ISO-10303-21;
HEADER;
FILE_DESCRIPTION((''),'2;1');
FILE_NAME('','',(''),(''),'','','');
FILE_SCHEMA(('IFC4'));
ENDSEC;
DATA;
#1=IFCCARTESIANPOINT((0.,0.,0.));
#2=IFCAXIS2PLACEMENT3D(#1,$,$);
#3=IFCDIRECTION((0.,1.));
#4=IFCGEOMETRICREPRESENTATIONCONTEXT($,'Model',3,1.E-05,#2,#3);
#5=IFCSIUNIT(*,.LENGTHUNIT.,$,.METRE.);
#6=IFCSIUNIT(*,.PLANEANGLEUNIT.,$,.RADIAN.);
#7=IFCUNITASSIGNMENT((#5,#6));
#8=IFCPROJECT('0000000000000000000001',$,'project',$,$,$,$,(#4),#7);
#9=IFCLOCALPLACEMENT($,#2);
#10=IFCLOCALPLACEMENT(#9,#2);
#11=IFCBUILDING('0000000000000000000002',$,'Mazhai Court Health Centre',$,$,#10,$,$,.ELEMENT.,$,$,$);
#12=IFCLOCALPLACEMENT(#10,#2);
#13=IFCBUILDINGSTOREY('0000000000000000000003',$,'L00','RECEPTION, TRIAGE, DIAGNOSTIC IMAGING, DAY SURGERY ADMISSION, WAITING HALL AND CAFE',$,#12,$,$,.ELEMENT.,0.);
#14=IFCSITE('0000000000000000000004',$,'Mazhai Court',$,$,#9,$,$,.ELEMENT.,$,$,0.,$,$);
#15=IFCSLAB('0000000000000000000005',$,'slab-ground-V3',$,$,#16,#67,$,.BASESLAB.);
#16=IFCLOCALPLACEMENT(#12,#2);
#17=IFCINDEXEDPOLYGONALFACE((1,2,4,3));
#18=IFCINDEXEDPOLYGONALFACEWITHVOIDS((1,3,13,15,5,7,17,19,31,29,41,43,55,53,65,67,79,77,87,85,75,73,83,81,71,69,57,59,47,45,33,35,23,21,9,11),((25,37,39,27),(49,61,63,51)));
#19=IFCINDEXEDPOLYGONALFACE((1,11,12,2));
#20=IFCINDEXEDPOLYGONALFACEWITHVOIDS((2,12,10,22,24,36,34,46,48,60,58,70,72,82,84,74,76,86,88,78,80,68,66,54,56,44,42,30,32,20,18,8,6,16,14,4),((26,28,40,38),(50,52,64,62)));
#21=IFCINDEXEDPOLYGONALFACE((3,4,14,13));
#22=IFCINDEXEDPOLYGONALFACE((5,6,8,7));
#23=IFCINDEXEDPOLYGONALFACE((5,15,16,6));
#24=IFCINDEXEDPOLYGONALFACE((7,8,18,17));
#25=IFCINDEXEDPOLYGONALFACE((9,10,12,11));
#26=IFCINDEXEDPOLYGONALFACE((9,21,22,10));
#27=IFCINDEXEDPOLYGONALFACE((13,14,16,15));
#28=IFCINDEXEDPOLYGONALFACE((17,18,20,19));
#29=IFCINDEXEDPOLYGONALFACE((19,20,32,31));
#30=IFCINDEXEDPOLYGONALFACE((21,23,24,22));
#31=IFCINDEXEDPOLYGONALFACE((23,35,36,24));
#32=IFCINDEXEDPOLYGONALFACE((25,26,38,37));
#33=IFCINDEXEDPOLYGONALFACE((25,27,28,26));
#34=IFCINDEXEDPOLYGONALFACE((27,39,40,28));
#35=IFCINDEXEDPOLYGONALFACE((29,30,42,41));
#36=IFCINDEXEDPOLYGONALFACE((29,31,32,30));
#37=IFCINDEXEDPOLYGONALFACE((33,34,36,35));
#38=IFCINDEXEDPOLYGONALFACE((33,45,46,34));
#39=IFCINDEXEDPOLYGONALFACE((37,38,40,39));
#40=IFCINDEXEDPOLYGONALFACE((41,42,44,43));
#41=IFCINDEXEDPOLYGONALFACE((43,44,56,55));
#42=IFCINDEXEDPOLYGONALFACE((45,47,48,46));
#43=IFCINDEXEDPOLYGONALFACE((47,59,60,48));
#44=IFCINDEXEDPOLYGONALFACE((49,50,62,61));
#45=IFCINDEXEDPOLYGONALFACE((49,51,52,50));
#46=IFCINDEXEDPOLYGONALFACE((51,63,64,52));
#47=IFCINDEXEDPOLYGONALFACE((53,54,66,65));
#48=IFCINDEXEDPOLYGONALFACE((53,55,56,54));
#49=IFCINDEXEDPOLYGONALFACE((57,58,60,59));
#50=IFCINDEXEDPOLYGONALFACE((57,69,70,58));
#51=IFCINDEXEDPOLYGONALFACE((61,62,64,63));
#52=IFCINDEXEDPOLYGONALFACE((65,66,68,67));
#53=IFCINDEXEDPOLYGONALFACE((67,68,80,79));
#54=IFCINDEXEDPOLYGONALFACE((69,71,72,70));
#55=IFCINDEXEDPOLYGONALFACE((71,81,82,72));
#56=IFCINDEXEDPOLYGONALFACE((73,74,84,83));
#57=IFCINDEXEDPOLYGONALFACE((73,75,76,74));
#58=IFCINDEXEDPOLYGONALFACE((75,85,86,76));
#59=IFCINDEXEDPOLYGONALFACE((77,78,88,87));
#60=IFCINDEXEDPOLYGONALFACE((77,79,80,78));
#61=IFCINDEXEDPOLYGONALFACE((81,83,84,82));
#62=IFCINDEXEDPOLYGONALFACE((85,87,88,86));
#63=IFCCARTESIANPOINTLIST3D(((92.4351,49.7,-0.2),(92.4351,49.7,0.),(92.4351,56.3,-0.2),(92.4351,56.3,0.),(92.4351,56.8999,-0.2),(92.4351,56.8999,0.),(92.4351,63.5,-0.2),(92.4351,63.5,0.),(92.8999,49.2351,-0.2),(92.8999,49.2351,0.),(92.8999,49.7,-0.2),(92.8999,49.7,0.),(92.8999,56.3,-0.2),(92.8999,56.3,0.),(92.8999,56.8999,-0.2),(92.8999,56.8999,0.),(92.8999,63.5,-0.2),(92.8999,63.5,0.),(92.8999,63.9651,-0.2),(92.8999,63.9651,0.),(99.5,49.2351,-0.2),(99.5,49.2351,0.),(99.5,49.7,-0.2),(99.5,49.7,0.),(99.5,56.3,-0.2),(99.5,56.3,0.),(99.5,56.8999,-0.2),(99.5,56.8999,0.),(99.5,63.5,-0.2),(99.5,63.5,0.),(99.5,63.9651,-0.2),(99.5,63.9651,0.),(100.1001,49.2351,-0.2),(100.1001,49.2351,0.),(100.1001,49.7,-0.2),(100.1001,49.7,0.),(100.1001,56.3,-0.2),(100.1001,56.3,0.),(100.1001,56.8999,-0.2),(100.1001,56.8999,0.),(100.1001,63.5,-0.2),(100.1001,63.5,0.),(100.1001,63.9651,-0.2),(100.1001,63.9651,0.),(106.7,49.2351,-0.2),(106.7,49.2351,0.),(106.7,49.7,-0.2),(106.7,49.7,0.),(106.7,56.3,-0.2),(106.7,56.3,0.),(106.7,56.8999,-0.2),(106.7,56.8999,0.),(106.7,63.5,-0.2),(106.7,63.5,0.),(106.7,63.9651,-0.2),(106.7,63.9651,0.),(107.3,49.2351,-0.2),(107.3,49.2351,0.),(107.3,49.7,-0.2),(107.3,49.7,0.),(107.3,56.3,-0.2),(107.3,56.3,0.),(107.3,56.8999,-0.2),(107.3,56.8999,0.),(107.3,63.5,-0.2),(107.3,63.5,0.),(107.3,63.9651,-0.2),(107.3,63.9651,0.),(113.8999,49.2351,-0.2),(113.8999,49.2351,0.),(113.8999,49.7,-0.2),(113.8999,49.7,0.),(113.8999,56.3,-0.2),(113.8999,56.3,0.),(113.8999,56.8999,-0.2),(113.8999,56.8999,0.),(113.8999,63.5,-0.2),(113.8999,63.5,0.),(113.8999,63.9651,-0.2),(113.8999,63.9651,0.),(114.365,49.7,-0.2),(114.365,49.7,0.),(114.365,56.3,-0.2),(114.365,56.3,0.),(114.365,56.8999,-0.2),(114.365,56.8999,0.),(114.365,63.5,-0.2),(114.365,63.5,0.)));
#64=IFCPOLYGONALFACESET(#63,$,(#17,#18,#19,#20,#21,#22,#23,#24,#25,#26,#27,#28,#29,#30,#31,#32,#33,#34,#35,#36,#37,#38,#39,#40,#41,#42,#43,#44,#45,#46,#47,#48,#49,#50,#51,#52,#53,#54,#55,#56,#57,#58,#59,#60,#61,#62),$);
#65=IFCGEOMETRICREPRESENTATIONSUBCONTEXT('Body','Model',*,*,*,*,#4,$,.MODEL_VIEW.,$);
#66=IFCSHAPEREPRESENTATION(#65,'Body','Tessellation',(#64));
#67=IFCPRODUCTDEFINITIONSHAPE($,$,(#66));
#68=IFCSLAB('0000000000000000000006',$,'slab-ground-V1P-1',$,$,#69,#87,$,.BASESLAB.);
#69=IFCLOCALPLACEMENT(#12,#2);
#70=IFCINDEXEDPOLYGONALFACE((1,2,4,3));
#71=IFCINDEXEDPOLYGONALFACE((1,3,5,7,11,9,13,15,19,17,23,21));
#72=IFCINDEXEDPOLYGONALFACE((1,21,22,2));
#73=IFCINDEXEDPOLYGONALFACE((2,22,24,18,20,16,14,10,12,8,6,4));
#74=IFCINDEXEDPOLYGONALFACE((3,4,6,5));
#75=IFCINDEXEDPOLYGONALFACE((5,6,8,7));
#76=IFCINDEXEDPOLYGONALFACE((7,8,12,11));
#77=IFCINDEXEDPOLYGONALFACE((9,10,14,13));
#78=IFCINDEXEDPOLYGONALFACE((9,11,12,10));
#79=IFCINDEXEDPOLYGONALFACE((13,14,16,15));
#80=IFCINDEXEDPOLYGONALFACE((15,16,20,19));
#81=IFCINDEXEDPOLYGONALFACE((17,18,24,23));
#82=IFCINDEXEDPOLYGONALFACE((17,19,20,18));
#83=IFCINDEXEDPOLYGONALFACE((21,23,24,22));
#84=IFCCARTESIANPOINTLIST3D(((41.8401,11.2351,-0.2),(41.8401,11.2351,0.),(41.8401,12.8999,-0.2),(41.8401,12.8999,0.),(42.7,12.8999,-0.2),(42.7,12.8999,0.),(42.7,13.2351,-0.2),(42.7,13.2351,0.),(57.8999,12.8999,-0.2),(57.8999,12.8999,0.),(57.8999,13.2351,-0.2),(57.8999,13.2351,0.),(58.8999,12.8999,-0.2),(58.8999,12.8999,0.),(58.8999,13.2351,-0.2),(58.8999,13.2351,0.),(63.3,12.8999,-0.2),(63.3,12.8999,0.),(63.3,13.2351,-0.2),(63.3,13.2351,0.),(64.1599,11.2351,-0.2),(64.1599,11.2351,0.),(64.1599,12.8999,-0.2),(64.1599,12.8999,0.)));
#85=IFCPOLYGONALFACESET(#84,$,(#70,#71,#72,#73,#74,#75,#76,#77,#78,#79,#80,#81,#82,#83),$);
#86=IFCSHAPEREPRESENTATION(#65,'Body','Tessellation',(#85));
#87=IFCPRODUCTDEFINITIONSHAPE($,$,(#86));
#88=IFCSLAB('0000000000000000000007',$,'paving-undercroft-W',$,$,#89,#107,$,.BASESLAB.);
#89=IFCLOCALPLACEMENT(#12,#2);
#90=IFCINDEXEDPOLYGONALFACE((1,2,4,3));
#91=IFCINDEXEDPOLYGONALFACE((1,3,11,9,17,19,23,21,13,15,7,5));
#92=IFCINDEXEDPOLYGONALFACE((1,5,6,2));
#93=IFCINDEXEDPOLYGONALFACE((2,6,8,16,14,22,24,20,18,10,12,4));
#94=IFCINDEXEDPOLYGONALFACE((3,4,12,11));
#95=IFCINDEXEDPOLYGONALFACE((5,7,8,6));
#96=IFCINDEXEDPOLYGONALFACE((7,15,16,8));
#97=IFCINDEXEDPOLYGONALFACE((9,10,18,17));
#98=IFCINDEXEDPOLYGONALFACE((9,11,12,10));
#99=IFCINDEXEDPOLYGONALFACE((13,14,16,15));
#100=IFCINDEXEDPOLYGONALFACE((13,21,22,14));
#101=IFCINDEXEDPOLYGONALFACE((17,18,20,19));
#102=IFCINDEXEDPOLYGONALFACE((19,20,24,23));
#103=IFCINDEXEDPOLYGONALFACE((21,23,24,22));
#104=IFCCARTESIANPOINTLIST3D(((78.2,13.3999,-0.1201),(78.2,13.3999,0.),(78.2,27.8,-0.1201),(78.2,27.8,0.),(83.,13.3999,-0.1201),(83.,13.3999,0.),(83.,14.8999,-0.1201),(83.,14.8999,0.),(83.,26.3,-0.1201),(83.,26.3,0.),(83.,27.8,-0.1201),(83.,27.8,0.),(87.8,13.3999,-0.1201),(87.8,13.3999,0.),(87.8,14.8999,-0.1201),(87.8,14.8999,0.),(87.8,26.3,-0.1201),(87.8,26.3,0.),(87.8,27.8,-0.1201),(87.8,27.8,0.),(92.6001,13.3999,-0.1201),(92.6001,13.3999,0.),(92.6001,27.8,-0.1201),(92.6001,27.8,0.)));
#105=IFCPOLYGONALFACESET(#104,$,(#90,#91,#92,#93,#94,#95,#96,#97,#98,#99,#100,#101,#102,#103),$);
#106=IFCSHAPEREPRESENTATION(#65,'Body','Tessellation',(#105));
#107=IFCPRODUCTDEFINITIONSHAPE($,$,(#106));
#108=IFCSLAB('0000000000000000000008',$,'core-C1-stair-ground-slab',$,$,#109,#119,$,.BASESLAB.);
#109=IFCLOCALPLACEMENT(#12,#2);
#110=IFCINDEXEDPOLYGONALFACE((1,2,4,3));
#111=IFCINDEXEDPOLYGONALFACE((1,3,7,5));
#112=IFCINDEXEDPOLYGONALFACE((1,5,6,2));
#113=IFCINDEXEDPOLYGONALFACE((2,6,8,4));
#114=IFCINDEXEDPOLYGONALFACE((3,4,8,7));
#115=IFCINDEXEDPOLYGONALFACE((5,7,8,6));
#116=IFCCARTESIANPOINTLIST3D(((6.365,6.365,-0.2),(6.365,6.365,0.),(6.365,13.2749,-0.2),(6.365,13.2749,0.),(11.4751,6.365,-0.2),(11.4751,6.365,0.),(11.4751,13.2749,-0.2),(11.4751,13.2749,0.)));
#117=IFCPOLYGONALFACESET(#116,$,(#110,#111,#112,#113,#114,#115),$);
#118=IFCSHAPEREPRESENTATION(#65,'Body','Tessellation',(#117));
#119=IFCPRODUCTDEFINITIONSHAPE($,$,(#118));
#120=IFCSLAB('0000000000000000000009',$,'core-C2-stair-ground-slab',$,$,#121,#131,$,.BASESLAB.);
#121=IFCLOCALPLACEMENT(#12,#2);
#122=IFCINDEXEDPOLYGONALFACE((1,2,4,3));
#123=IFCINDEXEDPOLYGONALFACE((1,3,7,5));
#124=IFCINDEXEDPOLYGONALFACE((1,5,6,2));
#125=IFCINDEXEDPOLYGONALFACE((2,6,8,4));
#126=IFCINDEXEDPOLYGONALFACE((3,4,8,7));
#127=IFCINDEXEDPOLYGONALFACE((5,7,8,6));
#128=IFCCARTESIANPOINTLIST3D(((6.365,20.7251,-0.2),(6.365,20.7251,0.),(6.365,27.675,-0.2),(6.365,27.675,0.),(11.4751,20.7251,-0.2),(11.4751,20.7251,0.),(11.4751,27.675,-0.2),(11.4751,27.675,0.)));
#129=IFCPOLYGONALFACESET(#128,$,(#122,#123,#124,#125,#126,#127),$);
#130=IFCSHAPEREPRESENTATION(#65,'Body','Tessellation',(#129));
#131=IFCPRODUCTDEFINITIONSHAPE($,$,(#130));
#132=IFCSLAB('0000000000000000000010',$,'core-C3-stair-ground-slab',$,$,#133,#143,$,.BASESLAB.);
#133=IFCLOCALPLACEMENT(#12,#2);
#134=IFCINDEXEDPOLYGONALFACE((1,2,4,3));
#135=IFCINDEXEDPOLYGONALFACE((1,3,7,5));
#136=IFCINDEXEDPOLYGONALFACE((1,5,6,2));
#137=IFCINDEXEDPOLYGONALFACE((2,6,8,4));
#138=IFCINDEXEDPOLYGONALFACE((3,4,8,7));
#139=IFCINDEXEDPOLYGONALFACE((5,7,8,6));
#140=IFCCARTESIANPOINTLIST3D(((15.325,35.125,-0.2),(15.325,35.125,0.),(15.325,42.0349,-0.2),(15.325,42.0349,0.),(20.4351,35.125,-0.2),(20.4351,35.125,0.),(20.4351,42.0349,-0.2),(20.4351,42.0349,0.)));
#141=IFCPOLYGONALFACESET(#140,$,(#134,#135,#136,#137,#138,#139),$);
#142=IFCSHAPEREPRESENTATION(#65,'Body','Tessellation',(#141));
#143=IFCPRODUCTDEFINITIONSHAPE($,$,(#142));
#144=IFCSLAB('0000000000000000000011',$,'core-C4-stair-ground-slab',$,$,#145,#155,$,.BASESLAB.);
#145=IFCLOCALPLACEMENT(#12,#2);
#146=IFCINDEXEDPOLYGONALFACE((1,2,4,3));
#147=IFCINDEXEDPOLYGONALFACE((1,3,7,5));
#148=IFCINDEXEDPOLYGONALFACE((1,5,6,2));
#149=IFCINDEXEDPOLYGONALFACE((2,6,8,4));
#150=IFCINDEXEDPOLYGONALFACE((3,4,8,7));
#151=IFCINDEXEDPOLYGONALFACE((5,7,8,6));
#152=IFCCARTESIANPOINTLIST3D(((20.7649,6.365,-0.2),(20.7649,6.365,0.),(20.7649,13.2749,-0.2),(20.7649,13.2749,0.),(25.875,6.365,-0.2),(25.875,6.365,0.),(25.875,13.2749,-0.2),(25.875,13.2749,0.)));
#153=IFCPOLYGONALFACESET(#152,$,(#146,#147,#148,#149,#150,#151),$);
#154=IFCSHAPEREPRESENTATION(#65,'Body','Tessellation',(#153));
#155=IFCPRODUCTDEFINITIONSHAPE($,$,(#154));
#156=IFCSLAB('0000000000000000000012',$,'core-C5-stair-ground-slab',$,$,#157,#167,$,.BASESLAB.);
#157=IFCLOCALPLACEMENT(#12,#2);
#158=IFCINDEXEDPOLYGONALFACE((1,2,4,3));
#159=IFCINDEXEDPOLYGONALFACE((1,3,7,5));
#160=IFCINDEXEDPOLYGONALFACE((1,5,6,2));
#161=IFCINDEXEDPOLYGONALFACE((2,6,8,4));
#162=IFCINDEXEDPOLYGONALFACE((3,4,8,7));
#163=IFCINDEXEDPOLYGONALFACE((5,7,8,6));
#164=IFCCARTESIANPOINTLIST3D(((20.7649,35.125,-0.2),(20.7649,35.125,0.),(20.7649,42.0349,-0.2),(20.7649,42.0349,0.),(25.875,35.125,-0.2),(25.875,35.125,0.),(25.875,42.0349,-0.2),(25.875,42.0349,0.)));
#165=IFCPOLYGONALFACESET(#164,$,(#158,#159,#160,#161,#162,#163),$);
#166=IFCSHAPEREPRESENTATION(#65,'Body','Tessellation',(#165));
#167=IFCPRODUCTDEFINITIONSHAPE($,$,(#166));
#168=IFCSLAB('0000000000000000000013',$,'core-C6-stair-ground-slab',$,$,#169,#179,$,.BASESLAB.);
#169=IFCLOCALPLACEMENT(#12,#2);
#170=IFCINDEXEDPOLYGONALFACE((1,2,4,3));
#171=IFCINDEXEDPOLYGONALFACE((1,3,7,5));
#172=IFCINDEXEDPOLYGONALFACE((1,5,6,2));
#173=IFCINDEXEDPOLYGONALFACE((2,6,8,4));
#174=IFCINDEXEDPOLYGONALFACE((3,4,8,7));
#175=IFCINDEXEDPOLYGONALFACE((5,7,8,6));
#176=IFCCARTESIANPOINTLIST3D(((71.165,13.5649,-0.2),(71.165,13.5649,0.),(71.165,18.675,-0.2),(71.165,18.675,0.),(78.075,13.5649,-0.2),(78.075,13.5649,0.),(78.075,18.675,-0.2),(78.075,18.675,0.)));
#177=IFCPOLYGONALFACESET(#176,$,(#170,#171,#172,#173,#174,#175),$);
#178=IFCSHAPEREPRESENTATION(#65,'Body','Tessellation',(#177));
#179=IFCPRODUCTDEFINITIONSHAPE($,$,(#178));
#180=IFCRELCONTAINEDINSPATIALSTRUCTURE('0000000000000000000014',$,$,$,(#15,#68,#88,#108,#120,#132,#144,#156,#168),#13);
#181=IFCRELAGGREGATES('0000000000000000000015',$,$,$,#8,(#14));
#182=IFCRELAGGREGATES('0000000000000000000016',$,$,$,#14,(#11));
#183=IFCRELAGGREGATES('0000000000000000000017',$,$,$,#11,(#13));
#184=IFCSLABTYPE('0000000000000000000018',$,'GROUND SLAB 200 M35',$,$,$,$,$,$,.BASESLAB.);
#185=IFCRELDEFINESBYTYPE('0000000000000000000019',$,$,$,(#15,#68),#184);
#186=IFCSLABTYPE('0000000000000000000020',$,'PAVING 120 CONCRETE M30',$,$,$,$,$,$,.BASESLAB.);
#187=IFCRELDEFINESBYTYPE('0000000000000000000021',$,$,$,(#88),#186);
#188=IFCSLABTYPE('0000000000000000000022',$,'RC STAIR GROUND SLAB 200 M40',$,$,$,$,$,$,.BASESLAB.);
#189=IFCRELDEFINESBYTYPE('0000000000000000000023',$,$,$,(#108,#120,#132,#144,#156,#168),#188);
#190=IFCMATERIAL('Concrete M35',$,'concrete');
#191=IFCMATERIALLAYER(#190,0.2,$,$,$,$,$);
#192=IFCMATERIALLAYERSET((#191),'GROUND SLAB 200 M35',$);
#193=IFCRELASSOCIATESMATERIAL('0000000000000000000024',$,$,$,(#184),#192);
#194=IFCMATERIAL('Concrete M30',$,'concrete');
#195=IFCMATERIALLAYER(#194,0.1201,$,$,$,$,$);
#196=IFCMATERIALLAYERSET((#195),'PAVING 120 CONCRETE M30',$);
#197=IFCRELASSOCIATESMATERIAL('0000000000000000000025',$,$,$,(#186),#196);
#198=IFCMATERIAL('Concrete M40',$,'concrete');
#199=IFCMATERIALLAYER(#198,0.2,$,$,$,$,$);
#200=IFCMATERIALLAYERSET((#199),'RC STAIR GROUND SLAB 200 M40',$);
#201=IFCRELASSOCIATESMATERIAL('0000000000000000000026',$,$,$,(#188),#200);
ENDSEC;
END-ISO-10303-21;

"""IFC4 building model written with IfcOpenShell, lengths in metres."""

from ifc_helpers import new_model, si_unit, direction, frame, origin, place, context, subcontext, project, spatial, polyline, outline, extrude, material, layer, layer_set, type_object, element, save


model = new_model("IFC4")

# Units and contexts
model_context = context("Model", 3, precision=1e-05, world=origin(), true_north=direction((0.0, 1.0)))
body_context = subcontext(model_context, "Body", "Model", "MODEL_VIEW")
ifc_project = project(units=[si_unit("LENGTHUNIT", "METRE"), si_unit("PLANEANGLEUNIT", "RADIAN")], contexts=[model_context])

# Site, building, storey
site_placement = place(None, origin())
site = spatial("IfcSite", under=ifc_project, at=site_placement, Name="Mazhai Court", CompositionType="ELEMENT", RefElevation=0.0)
building_placement = place(site_placement, origin())
building = spatial("IfcBuilding", under=site, at=building_placement, Name="Mazhai Court Health Centre", CompositionType="ELEMENT")
storey_placement = place(building_placement, origin())
storey = spatial("IfcBuildingStorey", under=building, at=storey_placement, Name="L00", Description="RECEPTION, TRIAGE, DIAGNOSTIC IMAGING, DAY SURGERY ADMISSION, WAITING HALL AND CAFE", CompositionType="ELEMENT", Elevation=0.0)

# Slabs
ifc_material_1 = material(Name="Concrete M35", Category="concrete")
ifc_layer_1 = layer(ifc_material_1, 0.2)
ifc_layer_set_1 = layer_set([ifc_layer_1], Name="GROUND SLAB 200 M35")
slab_type_1 = type_object("IfcSlabType", Name="GROUND SLAB 200 M35", PredefinedType="BASESLAB", material=ifc_layer_set_1)
slab_1_placement = place(storey_placement, frame((0.0, 0.0, -0.2)))
element("IfcSlab", 1, at=slab_1_placement, inside=storey, type_object=slab_type_1, Name="slab-ground-V3", PredefinedType="BASESLAB", context=body_context, shape_type="SweptSolid", body=[
    extrude(outline(polyline([(107.3, 49.2351), (107.3, 49.7), (106.7, 49.7), (106.7, 49.2351), (100.1001, 49.2351), (100.1001, 49.7), (99.5, 49.7), (99.5, 49.2351), (92.8999, 49.2351), (92.8999, 49.7), (92.4351, 49.7), (92.4351, 56.3), (92.8999, 56.3), (92.8999, 56.8999), (92.4351, 56.8999), (92.4351, 63.5), (92.8999, 63.5), (92.8999, 63.9651), (99.5, 63.9651), (99.5, 63.5), (100.1001, 63.5), (100.1001, 63.9651), (106.7, 63.9651), (106.7, 63.5), (107.3, 63.5), (107.3, 63.9651), (113.8999, 63.9651), (113.8999, 63.5), (114.365, 63.5), (114.365, 56.8999), (113.8999, 56.8999), (113.8999, 56.3), (114.365, 56.3), (114.365, 49.7), (113.8999, 49.7), (113.8999, 49.2351), (107.3, 49.2351)]), holes=[polyline([(99.5, 56.8999), (99.5, 56.3), (100.1001, 56.3), (100.1001, 56.8999), (99.5, 56.8999)]), polyline([(106.7, 56.8999), (106.7, 56.3), (107.3, 56.3), (107.3, 56.8999), (106.7, 56.8999)])]), origin(), (0.0, 0.0, 1.0), 0.2),
])
slab_2_placement = place(storey_placement, frame((0.0, 0.0, -0.2)))
element("IfcSlab", 2, at=slab_2_placement, inside=storey, type_object=slab_type_1, Name="slab-ground-V1P-1", PredefinedType="BASESLAB", context=body_context, shape_type="SweptSolid", body=[
    extrude(outline(polyline([(41.8401, 11.2351), (41.8401, 12.8999), (42.7, 12.8999), (42.7, 13.2351), (57.8999, 13.2351), (57.8999, 12.8999), (58.8999, 12.8999), (58.8999, 13.2351), (63.3, 13.2351), (63.3, 12.8999), (64.1599, 12.8999), (64.1599, 11.2351), (41.8401, 11.2351)])), origin(), (0.0, 0.0, 1.0), 0.2),
])
ifc_material_2 = material(Name="Concrete M30", Category="concrete")
ifc_layer_2 = layer(ifc_material_2, 0.1201)
ifc_layer_set_2 = layer_set([ifc_layer_2], Name="PAVING 120 CONCRETE M30")
slab_type_2 = type_object("IfcSlabType", Name="PAVING 120 CONCRETE M30", PredefinedType="BASESLAB", material=ifc_layer_set_2)
slab_3_placement = place(storey_placement, frame((0.0, 0.0, -0.1201)))
element("IfcSlab", 3, at=slab_3_placement, inside=storey, type_object=slab_type_2, Name="paving-undercroft-W", PredefinedType="BASESLAB", context=body_context, shape_type="SweptSolid", body=[
    extrude(outline(polyline([(92.6001, 13.3999), (87.8, 13.3999), (87.8, 14.8999), (83.0, 14.8999), (83.0, 13.3999), (78.2, 13.3999), (78.2, 27.8), (83.0, 27.8), (83.0, 26.3), (87.8, 26.3), (87.8, 27.8), (92.6001, 27.8), (92.6001, 13.3999)])), origin(), (0.0, 0.0, 1.0), 0.1201),
])
ifc_material_3 = material(Name="Concrete M40", Category="concrete")
ifc_layer_3 = layer(ifc_material_3, 0.2)
ifc_layer_set_3 = layer_set([ifc_layer_3], Name="RC STAIR GROUND SLAB 200 M40")
slab_type_3 = type_object("IfcSlabType", Name="RC STAIR GROUND SLAB 200 M40", PredefinedType="BASESLAB", material=ifc_layer_set_3)
slab_4_placement = place(storey_placement, frame((0.0, 0.0, -0.2)))
element("IfcSlab", 4, at=slab_4_placement, inside=storey, type_object=slab_type_3, Name="core-C1-stair-ground-slab", PredefinedType="BASESLAB", context=body_context, shape_type="SweptSolid", body=[
    extrude(outline(polyline([(6.365, 6.365), (11.4751, 6.365), (11.4751, 13.2749), (6.365, 13.2749), (6.365, 6.365)])), origin(), (0.0, 0.0, 1.0), 0.2),
])
slab_5_placement = place(storey_placement, frame((0.0, 0.0, -0.2)))
element("IfcSlab", 5, at=slab_5_placement, inside=storey, type_object=slab_type_3, Name="core-C2-stair-ground-slab", PredefinedType="BASESLAB", context=body_context, shape_type="SweptSolid", body=[
    extrude(outline(polyline([(6.365, 20.7251), (11.4751, 20.7251), (11.4751, 27.675), (6.365, 27.675), (6.365, 20.7251)])), origin(), (0.0, 0.0, 1.0), 0.2),
])
slab_6_placement = place(storey_placement, frame((0.0, 0.0, -0.2)))
element("IfcSlab", 6, at=slab_6_placement, inside=storey, type_object=slab_type_3, Name="core-C3-stair-ground-slab", PredefinedType="BASESLAB", context=body_context, shape_type="SweptSolid", body=[
    extrude(outline(polyline([(15.325, 35.125), (20.4351, 35.125), (20.4351, 42.0349), (15.325, 42.0349), (15.325, 35.125)])), origin(), (0.0, 0.0, 1.0), 0.2),
])
slab_7_placement = place(storey_placement, frame((0.0, 0.0, -0.2)))
element("IfcSlab", 7, at=slab_7_placement, inside=storey, type_object=slab_type_3, Name="core-C4-stair-ground-slab", PredefinedType="BASESLAB", context=body_context, shape_type="SweptSolid", body=[
    extrude(outline(polyline([(20.7649, 6.365), (25.875, 6.365), (25.875, 13.2749), (20.7649, 13.2749), (20.7649, 6.365)])), origin(), (0.0, 0.0, 1.0), 0.2),
])
slab_8_placement = place(storey_placement, frame((0.0, 0.0, -0.2)))
element("IfcSlab", 8, at=slab_8_placement, inside=storey, type_object=slab_type_3, Name="core-C5-stair-ground-slab", PredefinedType="BASESLAB", context=body_context, shape_type="SweptSolid", body=[
    extrude(outline(polyline([(20.7649, 35.125), (25.875, 35.125), (25.875, 42.0349), (20.7649, 42.0349), (20.7649, 35.125)])), origin(), (0.0, 0.0, 1.0), 0.2),
])
slab_9_placement = place(storey_placement, frame((0.0, 0.0, -0.2)))
element("IfcSlab", 9, at=slab_9_placement, inside=storey, type_object=slab_type_3, Name="core-C6-stair-ground-slab", PredefinedType="BASESLAB", context=body_context, shape_type="SweptSolid", body=[
    extrude(outline(polyline([(71.165, 13.5649), (78.075, 13.5649), (78.075, 18.675), (71.165, 18.675), (71.165, 13.5649)])), origin(), (0.0, 0.0, 1.0), 0.2),
])

save(model, "model.ifc")
